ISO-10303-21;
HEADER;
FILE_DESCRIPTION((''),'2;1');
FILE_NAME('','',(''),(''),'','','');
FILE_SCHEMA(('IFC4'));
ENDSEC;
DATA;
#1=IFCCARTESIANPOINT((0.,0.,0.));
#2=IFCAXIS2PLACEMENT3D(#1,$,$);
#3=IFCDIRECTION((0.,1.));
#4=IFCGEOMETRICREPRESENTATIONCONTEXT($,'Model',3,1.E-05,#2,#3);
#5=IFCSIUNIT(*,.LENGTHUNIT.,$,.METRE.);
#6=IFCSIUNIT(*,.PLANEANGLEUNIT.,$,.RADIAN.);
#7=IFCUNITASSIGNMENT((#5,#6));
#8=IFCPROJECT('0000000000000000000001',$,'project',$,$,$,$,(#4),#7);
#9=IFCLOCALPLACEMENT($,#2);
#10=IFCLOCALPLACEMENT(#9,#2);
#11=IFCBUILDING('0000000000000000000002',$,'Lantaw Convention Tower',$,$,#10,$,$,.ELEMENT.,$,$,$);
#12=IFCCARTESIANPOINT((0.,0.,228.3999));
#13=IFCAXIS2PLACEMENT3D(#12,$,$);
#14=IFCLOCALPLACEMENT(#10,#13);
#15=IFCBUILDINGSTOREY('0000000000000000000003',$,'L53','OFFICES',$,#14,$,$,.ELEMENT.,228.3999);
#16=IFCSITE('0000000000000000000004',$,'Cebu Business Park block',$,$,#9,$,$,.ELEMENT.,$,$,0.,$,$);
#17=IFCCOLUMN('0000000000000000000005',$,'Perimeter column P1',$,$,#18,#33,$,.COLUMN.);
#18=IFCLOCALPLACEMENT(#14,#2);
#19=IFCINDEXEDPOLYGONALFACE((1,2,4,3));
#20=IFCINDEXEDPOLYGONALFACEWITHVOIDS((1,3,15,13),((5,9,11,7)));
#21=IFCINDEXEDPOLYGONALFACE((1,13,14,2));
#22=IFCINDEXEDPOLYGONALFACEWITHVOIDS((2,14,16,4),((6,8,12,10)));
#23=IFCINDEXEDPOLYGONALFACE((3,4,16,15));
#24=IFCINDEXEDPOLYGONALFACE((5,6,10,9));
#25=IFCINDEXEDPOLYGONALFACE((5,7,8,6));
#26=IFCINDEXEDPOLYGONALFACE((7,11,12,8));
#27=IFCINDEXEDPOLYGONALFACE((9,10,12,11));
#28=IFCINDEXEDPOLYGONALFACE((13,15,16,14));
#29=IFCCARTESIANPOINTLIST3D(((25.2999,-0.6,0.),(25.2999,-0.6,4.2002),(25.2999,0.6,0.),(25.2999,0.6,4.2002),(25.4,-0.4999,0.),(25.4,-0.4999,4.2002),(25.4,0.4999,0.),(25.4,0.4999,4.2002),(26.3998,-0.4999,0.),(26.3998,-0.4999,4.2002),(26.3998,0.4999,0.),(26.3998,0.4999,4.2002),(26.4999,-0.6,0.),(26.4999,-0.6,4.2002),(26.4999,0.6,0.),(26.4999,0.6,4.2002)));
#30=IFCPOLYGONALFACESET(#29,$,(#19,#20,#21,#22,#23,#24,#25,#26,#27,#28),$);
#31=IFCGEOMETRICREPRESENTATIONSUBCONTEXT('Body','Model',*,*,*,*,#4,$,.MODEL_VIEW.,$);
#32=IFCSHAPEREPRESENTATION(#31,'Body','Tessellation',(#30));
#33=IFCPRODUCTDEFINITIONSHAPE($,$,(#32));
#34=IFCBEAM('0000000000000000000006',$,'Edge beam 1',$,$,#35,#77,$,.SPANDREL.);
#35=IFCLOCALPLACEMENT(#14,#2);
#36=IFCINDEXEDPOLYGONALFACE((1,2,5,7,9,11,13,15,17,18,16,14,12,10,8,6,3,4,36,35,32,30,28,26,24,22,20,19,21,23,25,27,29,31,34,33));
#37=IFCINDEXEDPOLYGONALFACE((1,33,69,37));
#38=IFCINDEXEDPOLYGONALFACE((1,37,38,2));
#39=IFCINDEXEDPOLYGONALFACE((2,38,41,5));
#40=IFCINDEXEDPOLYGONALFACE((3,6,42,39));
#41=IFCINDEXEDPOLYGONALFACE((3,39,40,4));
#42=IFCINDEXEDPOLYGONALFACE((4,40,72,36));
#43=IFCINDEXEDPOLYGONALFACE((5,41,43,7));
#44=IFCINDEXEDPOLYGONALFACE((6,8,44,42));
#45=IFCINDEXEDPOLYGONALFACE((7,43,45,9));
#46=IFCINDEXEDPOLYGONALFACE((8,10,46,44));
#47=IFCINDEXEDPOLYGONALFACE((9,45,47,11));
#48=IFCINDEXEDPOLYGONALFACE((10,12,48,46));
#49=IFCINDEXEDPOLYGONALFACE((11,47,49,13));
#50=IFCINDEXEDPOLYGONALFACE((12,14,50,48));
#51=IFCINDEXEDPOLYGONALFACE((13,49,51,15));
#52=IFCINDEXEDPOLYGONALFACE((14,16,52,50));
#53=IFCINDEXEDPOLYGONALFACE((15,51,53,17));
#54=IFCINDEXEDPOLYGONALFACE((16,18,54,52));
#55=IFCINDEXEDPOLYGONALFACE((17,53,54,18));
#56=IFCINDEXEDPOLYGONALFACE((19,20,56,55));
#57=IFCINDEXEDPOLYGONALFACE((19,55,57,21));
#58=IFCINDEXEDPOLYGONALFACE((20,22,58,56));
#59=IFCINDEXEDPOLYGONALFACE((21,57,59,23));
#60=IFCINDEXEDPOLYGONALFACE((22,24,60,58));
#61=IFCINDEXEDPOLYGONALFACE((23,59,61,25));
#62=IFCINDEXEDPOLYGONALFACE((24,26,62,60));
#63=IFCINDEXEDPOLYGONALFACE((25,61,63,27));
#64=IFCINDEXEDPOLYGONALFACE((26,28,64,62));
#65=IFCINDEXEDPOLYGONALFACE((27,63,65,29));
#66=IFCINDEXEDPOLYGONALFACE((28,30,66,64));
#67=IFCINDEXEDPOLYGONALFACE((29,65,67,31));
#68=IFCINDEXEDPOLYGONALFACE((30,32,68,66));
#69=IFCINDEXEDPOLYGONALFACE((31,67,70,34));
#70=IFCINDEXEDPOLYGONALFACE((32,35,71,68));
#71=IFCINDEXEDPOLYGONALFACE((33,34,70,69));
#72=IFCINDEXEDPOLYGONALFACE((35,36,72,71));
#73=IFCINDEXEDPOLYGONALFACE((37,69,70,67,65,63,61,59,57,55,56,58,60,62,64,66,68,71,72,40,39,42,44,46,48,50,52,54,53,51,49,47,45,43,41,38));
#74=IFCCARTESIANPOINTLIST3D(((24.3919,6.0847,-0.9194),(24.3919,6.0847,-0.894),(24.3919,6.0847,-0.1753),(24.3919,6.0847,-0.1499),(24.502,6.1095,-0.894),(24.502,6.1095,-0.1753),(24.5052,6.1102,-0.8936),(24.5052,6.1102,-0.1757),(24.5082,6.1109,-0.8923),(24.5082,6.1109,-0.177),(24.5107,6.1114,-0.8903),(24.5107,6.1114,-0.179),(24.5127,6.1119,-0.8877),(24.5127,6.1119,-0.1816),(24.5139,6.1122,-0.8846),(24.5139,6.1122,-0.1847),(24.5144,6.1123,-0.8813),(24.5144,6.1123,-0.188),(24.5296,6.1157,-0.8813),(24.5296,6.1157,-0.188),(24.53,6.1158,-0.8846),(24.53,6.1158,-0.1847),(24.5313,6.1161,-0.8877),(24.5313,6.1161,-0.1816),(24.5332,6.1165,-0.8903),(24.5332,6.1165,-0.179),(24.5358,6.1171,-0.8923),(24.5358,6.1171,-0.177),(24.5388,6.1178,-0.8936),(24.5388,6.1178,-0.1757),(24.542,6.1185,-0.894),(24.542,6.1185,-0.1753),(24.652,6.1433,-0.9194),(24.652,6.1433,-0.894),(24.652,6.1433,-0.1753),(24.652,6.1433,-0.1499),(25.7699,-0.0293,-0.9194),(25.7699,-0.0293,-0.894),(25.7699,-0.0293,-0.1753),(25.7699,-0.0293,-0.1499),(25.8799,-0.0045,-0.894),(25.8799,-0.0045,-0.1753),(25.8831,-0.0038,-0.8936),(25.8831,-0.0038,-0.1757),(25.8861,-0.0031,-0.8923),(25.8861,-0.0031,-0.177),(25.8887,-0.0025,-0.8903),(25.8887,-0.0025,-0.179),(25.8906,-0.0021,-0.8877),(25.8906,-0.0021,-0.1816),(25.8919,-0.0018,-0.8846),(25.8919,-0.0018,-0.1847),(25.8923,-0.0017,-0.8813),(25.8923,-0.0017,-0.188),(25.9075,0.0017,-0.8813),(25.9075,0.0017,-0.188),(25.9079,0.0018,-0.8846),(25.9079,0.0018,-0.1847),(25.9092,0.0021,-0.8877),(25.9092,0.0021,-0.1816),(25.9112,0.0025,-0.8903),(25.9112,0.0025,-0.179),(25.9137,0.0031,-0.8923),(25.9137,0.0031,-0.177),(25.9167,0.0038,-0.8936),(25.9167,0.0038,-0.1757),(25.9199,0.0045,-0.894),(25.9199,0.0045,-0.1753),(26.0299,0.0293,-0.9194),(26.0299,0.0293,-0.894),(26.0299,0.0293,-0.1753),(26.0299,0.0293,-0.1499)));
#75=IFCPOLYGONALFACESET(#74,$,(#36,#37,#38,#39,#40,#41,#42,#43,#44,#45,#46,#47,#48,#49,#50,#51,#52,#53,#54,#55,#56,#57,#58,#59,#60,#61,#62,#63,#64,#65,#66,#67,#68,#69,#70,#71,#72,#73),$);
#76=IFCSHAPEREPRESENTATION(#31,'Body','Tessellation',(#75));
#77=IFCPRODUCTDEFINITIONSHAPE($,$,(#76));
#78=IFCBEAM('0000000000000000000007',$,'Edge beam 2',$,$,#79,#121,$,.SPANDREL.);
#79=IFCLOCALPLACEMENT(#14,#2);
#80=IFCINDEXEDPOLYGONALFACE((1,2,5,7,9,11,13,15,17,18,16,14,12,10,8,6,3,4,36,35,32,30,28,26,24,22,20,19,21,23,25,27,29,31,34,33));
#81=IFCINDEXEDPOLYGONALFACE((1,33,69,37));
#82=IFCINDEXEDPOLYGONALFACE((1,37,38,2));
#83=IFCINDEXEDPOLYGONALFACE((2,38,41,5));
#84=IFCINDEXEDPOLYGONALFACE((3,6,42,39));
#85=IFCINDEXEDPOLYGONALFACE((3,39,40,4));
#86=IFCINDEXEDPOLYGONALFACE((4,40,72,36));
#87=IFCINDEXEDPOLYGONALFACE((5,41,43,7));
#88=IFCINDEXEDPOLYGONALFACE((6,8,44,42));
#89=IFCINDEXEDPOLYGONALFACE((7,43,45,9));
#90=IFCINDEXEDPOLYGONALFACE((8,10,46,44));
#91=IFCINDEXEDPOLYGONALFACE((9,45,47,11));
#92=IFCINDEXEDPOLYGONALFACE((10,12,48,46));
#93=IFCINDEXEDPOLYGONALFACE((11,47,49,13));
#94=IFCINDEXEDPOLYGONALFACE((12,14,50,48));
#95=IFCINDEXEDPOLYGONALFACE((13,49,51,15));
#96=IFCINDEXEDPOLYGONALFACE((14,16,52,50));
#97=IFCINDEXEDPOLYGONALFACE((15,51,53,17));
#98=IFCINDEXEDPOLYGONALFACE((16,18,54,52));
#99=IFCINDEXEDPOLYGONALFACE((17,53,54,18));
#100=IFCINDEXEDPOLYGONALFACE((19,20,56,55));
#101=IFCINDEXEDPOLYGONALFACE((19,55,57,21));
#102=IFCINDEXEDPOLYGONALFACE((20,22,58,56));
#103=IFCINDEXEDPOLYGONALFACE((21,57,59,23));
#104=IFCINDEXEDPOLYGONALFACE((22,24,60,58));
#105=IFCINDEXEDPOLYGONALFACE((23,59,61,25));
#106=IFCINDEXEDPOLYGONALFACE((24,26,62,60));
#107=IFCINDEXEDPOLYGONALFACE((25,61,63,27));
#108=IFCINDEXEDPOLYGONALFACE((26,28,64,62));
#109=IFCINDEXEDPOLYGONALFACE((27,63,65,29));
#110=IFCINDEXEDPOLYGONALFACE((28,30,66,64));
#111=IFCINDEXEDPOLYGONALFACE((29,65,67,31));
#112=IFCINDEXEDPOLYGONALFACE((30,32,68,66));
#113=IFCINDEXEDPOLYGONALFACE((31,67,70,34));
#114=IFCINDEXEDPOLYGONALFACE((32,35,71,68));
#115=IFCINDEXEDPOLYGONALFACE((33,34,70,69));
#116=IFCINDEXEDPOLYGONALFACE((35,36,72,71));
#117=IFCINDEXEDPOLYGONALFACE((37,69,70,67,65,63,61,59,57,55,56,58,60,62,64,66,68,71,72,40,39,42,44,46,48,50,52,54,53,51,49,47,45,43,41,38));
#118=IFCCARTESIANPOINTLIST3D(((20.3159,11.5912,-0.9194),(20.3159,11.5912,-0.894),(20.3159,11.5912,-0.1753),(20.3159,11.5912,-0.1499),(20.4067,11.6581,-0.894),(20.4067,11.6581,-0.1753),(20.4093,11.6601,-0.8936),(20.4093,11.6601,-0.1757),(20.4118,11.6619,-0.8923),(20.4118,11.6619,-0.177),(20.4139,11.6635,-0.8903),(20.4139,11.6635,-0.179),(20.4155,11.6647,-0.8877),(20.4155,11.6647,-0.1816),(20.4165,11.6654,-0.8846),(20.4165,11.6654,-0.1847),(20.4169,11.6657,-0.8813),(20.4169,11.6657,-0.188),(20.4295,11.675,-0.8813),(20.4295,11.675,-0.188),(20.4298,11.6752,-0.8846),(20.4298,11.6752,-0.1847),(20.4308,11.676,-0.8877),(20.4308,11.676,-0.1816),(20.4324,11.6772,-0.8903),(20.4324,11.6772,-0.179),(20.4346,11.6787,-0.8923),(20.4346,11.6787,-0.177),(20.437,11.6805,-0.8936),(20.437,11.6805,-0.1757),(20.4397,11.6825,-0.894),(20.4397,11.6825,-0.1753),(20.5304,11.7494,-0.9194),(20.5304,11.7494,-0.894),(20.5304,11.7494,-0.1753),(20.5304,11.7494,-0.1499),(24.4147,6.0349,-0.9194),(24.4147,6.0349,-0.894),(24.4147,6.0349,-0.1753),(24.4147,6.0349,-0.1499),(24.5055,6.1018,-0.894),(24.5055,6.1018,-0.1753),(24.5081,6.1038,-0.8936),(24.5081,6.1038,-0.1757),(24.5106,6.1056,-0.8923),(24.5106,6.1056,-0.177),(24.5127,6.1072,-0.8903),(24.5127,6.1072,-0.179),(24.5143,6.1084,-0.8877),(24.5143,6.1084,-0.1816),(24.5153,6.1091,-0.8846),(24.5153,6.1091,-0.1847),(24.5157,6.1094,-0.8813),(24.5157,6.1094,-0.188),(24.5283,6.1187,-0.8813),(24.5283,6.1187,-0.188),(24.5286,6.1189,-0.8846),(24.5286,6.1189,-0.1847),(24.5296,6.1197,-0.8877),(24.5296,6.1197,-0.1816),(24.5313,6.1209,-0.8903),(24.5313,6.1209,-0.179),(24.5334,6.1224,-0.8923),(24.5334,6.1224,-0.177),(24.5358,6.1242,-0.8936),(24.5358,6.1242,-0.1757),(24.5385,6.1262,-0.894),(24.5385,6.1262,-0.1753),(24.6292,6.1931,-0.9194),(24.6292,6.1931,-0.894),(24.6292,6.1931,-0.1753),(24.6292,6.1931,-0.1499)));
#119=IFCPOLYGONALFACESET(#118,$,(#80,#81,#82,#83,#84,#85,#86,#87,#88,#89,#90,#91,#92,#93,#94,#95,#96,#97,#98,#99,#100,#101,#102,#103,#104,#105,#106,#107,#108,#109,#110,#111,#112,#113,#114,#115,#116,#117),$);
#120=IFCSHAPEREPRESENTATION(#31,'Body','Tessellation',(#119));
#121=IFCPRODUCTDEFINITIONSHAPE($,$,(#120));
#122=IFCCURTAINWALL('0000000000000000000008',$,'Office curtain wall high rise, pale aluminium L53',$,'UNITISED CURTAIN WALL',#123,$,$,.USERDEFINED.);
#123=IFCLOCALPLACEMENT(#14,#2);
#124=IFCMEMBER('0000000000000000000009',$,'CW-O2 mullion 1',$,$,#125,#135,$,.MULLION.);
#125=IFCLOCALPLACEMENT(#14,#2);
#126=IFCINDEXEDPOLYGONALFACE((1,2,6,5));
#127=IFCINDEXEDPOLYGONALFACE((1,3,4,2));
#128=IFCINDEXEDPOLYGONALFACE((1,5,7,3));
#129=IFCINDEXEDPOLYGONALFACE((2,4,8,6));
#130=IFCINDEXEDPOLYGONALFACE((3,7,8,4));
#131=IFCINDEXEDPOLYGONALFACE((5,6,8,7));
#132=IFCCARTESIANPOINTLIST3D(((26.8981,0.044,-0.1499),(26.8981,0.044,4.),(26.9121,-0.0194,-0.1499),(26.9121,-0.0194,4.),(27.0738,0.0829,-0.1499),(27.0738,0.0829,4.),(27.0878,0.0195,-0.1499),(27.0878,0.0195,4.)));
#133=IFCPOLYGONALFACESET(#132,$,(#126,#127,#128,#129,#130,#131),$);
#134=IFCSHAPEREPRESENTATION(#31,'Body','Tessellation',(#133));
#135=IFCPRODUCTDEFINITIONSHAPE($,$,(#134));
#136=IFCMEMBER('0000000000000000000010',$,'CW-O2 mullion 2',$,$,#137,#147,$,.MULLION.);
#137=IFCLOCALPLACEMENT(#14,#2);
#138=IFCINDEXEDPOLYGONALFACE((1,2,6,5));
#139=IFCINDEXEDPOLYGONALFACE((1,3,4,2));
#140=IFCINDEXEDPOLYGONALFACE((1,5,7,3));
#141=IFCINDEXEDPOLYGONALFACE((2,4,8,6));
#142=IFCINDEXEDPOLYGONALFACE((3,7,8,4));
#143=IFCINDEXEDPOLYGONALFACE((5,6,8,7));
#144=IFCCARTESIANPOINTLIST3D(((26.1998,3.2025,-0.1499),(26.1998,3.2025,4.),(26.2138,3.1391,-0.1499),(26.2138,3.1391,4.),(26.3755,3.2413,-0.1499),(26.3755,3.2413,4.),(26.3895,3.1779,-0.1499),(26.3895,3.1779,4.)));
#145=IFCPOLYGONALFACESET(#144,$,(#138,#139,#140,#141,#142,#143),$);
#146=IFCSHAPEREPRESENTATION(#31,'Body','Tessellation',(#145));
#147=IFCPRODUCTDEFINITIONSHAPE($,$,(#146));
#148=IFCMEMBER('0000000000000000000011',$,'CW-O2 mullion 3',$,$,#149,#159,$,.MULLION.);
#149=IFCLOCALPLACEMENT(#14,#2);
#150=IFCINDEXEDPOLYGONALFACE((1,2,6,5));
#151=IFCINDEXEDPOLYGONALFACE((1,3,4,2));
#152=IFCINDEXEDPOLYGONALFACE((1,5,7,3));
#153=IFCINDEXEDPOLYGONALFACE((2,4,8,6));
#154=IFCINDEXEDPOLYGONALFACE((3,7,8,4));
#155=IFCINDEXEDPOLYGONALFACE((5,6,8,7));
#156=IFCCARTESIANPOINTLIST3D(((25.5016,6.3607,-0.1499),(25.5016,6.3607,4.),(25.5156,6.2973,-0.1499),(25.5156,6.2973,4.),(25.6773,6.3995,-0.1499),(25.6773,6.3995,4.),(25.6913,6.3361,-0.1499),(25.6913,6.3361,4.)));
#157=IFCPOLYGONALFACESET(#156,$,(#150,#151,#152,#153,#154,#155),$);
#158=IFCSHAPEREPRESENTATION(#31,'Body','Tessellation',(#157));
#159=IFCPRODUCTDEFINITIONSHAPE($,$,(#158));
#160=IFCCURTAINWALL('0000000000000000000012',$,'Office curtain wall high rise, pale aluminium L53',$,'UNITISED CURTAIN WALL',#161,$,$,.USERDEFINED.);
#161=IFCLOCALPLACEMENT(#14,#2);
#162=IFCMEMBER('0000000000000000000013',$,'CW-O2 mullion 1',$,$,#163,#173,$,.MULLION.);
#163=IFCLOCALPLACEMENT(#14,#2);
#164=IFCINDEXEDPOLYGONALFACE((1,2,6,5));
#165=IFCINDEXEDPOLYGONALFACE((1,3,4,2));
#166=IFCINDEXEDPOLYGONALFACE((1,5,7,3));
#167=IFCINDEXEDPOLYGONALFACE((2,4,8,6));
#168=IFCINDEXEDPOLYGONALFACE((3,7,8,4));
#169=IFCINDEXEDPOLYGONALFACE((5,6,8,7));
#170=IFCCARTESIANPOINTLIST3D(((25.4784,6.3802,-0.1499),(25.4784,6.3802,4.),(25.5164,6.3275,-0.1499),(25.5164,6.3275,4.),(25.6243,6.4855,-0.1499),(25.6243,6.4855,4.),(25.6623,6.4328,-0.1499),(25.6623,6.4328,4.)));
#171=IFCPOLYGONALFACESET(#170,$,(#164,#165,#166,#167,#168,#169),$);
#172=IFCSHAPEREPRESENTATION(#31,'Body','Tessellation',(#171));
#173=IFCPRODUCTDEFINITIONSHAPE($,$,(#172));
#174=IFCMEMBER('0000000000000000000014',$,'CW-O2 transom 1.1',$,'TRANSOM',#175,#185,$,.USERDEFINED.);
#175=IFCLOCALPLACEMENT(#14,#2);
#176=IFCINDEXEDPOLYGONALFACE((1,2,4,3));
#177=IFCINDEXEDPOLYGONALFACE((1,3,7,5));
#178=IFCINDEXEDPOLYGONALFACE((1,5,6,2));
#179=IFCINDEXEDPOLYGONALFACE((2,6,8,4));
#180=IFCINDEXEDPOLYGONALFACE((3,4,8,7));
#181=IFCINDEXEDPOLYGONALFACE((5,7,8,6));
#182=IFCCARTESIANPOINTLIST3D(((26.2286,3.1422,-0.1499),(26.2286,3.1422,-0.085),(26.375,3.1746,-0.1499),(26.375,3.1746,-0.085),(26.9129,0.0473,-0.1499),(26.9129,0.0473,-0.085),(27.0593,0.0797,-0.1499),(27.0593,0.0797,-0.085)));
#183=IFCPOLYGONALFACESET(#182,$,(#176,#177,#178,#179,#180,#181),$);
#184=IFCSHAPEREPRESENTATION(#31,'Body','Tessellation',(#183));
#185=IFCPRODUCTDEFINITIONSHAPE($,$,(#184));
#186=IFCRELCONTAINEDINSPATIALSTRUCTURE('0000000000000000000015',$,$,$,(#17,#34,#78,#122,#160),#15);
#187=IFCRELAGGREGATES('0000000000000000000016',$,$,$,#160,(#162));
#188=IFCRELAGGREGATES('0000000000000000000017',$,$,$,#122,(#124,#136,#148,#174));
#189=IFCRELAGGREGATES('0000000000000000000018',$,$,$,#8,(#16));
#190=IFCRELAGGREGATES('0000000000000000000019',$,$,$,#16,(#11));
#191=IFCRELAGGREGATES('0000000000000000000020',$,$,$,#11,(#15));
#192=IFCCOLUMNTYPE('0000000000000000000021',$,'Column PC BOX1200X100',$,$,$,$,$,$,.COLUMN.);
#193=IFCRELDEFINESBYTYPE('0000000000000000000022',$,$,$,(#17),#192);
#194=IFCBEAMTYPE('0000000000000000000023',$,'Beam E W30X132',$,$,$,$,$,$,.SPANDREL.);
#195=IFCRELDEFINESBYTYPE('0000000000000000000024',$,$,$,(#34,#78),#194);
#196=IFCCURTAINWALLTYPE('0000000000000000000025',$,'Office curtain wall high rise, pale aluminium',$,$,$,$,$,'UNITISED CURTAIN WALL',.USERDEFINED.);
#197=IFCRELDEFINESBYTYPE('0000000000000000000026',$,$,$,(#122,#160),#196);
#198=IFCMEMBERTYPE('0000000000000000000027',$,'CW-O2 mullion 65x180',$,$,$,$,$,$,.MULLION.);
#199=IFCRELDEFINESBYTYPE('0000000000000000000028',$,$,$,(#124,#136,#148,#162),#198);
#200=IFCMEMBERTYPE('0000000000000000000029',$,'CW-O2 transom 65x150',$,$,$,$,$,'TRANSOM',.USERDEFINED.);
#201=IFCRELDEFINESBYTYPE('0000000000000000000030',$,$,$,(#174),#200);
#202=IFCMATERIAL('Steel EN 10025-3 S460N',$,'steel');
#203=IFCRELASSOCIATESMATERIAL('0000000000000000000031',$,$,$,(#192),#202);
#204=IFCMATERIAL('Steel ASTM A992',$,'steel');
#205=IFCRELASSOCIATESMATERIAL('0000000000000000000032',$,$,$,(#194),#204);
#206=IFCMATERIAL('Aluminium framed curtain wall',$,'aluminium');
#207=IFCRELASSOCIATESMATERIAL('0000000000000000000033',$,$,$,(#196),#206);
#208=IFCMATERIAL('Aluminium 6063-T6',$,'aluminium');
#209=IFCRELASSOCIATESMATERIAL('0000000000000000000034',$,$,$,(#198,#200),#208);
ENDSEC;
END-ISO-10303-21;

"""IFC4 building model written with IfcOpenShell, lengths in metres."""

from ifc_helpers import new_model, si_unit, direction, frame, origin, origin_2d, place, context, subcontext, project, spatial, rectangle, hollow_rectangle, i_section, extrude, material, material_profile, profile_set, type_object, element, aggregate, save


model = new_model("IFC4")

# Units and contexts
model_context = context("Model", 3, precision=1e-05, world=origin(), true_north=direction((0.0, 1.0)))
body_context = subcontext(model_context, "Body", "Model", "MODEL_VIEW")
ifc_project = project(units=[si_unit("LENGTHUNIT", "METRE"), si_unit("PLANEANGLEUNIT", "RADIAN")], contexts=[model_context])

# Site, building, storey
site_placement = place(None, origin())
site = spatial("IfcSite", under=ifc_project, at=site_placement, Name="Cebu Business Park block", CompositionType="ELEMENT", RefElevation=0.0)
building_placement = place(site_placement, origin())
building = spatial("IfcBuilding", under=site, at=building_placement, Name="Lantaw Convention Tower", CompositionType="ELEMENT")
storey_placement = place(building_placement, frame((0.0, 0.0, 228.3999)))
storey = spatial("IfcBuildingStorey", under=building, at=storey_placement, Name="L53", Description="OFFICES", CompositionType="ELEMENT", Elevation=228.3999)

# Column
ifc_material_1 = material(Name="Steel EN 10025-3 S460N", Category="steel")
ifc_material_profile_1 = material_profile(ifc_material_1, hollow_rectangle(XDim=1.2, YDim=1.2, WallThickness=0.1001, at=origin_2d()), Name="BOX1200X100")
ifc_material_2 = material(Name="Concrete C60/75", Category="concrete")
ifc_material_profile_2 = material_profile(ifc_material_2, rectangle(XDim=1.0, YDim=1.0, at=origin_2d()), Name="Concrete fill of BOX1200X100")
ifc_profile_set_1 = profile_set([ifc_material_profile_1, ifc_material_profile_2], Name="Steel EN 10025-3 S460N")
column_type = type_object("IfcColumnType", Name="Column PC BOX1200X100", PredefinedType="COLUMN", material=ifc_profile_set_1)
column_placement = place(storey_placement, frame((25.8999, 0.0, 0.0), z_axis=(0.0, 0.0, 1.0), x_axis=(1.0, 0.0, 0.0)))
element("IfcColumn", 1, at=column_placement, inside=storey, type_object=column_type, Name="Perimeter column P1", PredefinedType="COLUMN", context=body_context, shape_type="SweptSolid", body=[
    extrude(hollow_rectangle(XDim=1.2, YDim=1.2, WallThickness=0.1001, at=origin_2d()), origin(), (0.0, 0.0, 1.0), 4.2002),
])

# Beams
ifc_material_3 = material(Name="Steel ASTM A992", Category="steel")
ifc_material_profile_3 = material_profile(ifc_material_3, i_section(OverallWidth=0.2666, OverallDepth=0.7695, WebThickness=0.0156, FlangeThickness=0.0254, FilletRadius=0.0127, at=origin_2d()), Name="W30X132")
ifc_profile_set_2 = profile_set([ifc_material_profile_3], Name="Steel ASTM A992")
beam_type = type_object("IfcBeamType", Name="Beam E W30X132", PredefinedType="SPANDREL", material=ifc_profile_set_2)
beam_1_placement = place(storey_placement, frame((25.8999, 0.0, -0.5347), z_axis=(-0.219858, 0.975532, 0.0), x_axis=(-0.975532, -0.219858, 0.0)))
element("IfcBeam", 2, at=beam_1_placement, inside=storey, type_object=beam_type, Name="Edge beam 1", PredefinedType="SPANDREL", context=body_context, shape_type="SweptSolid", body=[
    extrude(i_section(OverallWidth=0.2666, OverallDepth=0.7695, WebThickness=0.0156, FlangeThickness=0.0254, FilletRadius=0.0127, at=origin_2d()), origin(), (0.0, 0.0, 1.0), 6.2673),
])
beam_2_placement = place(storey_placement, frame((24.522, 6.114, -0.5347), z_axis=(-0.593639, 0.804731, 0.0), x_axis=(-0.804731, -0.593639, 0.0)))
element("IfcBeam", 3, at=beam_2_placement, inside=storey, type_object=beam_type, Name="Edge beam 2", PredefinedType="SPANDREL", context=body_context, shape_type="SweptSolid", body=[
    extrude(i_section(OverallWidth=0.2666, OverallDepth=0.7695, WebThickness=0.0156, FlangeThickness=0.0254, FilletRadius=0.0127, at=origin_2d()), origin(), (0.0, 0.0, 1.0), 6.9045),
])

# Curtain wall, members
ifc_material_4 = material(Name="Aluminium framed curtain wall", Category="aluminium")
curtain_wall_type = type_object("IfcCurtainWallType", Name="Office curtain wall high rise, pale aluminium", ElementType="UNITISED CURTAIN WALL", PredefinedType="USERDEFINED", material=ifc_material_4)
curtain_wall_1_placement = place(storey_placement, origin())
curtain_wall_1 = element("IfcCurtainWall", 4, at=curtain_wall_1_placement, inside=storey, type_object=curtain_wall_type, Name="Office curtain wall high rise, pale aluminium L53", ObjectType="UNITISED CURTAIN WALL", PredefinedType="USERDEFINED")
ifc_material_5 = material(Name="Aluminium 6063-T6", Category="aluminium")
ifc_material_profile_4 = material_profile(ifc_material_5, rectangle(XDim=0.1799, YDim=0.0649, at=origin_2d()), Name="CW-O2 mullion 65x180")
ifc_profile_set_3 = profile_set([ifc_material_profile_4], Name="Aluminium 6063-T6")
member_type_1 = type_object("IfcMemberType", Name="CW-O2 mullion 65x180", PredefinedType="MULLION", material=ifc_profile_set_3)
member_1_placement = place(storey_placement, frame((26.9929, 0.0317, -0.1499), z_axis=(0.0, 0.0, 1.0), x_axis=(-0.976417, -0.215891, 0.0)))
member_1 = element("IfcMember", 5, at=member_1_placement, type_object=member_type_1, Name="CW-O2 mullion 1", PredefinedType="MULLION", context=body_context, shape_type="SweptSolid", body=[
    extrude(rectangle(XDim=0.1799, YDim=0.0649, at=origin_2d()), origin(), (0.0, 0.0, 1.0), 4.1499),
])
member_2_placement = place(storey_placement, frame((26.2947, 3.1902, -0.1499), z_axis=(0.0, 0.0, 1.0), x_axis=(-0.976417, -0.215891, 0.0)))
member_2 = element("IfcMember", 6, at=member_2_placement, type_object=member_type_1, Name="CW-O2 mullion 2", PredefinedType="MULLION", context=body_context, shape_type="SweptSolid", body=[
    extrude(rectangle(XDim=0.1799, YDim=0.0649, at=origin_2d()), origin(), (0.0, 0.0, 1.0), 4.1499),
])
member_3_placement = place(storey_placement, frame((25.5964, 6.3484, -0.1499), z_axis=(0.0, 0.0, 1.0), x_axis=(-0.976417, -0.215891, 0.0)))
member_3 = element("IfcMember", 7, at=member_3_placement, type_object=member_type_1, Name="CW-O2 mullion 3", PredefinedType="MULLION", context=body_context, shape_type="SweptSolid", body=[
    extrude(rectangle(XDim=0.1799, YDim=0.0649, at=origin_2d()), origin(), (0.0, 0.0, 1.0), 4.1499),
])

# Curtain wall, member
curtain_wall_2_placement = place(storey_placement, origin())
curtain_wall_2 = element("IfcCurtainWall", 8, at=curtain_wall_2_placement, inside=storey, type_object=curtain_wall_type, Name="Office curtain wall high rise, pale aluminium L53", ObjectType="UNITISED CURTAIN WALL", PredefinedType="USERDEFINED")
member_4_placement = place(storey_placement, frame((25.5703, 6.4065, -0.1499), z_axis=(0.0, 0.0, 1.0), x_axis=(-0.81092, -0.585158, 0.0)))
member_4 = element("IfcMember", 9, at=member_4_placement, type_object=member_type_1, Name="CW-O2 mullion 1", PredefinedType="MULLION", context=body_context, shape_type="SweptSolid", body=[
    extrude(rectangle(XDim=0.1799, YDim=0.0649, at=origin_2d()), origin(), (0.0, 0.0, 1.0), 4.1499),
])

# Member
ifc_material_profile_5 = material_profile(ifc_material_5, rectangle(XDim=0.1499, YDim=0.0649, at=origin_2d()), Name="CW-O2 transom 65x150")
ifc_profile_set_4 = profile_set([ifc_material_profile_5], Name="Aluminium 6063-T6")
member_type_2 = type_object("IfcMemberType", Name="CW-O2 transom 65x150", ElementType="TRANSOM", PredefinedType="USERDEFINED", material=ifc_profile_set_4)
member_5_placement = place(storey_placement, frame((26.9861, 0.0635, -0.1174), z_axis=(-0.215895, 0.976417, 0.0), x_axis=(-0.976417, -0.215895, 0.0)))
member_5 = element("IfcMember", 10, at=member_5_placement, type_object=member_type_2, Name="CW-O2 transom 1.1", ObjectType="TRANSOM", PredefinedType="USERDEFINED", context=body_context, shape_type="SweptSolid", body=[
    extrude(rectangle(XDim=0.1499, YDim=0.0649, at=origin_2d()), origin(), (0.0, 0.0, 1.0), 3.1697),
])
aggregate(curtain_wall_2, [member_4])

aggregate(curtain_wall_1, [member_1, member_2, member_3, member_5])

save(model, "model.ifc")
